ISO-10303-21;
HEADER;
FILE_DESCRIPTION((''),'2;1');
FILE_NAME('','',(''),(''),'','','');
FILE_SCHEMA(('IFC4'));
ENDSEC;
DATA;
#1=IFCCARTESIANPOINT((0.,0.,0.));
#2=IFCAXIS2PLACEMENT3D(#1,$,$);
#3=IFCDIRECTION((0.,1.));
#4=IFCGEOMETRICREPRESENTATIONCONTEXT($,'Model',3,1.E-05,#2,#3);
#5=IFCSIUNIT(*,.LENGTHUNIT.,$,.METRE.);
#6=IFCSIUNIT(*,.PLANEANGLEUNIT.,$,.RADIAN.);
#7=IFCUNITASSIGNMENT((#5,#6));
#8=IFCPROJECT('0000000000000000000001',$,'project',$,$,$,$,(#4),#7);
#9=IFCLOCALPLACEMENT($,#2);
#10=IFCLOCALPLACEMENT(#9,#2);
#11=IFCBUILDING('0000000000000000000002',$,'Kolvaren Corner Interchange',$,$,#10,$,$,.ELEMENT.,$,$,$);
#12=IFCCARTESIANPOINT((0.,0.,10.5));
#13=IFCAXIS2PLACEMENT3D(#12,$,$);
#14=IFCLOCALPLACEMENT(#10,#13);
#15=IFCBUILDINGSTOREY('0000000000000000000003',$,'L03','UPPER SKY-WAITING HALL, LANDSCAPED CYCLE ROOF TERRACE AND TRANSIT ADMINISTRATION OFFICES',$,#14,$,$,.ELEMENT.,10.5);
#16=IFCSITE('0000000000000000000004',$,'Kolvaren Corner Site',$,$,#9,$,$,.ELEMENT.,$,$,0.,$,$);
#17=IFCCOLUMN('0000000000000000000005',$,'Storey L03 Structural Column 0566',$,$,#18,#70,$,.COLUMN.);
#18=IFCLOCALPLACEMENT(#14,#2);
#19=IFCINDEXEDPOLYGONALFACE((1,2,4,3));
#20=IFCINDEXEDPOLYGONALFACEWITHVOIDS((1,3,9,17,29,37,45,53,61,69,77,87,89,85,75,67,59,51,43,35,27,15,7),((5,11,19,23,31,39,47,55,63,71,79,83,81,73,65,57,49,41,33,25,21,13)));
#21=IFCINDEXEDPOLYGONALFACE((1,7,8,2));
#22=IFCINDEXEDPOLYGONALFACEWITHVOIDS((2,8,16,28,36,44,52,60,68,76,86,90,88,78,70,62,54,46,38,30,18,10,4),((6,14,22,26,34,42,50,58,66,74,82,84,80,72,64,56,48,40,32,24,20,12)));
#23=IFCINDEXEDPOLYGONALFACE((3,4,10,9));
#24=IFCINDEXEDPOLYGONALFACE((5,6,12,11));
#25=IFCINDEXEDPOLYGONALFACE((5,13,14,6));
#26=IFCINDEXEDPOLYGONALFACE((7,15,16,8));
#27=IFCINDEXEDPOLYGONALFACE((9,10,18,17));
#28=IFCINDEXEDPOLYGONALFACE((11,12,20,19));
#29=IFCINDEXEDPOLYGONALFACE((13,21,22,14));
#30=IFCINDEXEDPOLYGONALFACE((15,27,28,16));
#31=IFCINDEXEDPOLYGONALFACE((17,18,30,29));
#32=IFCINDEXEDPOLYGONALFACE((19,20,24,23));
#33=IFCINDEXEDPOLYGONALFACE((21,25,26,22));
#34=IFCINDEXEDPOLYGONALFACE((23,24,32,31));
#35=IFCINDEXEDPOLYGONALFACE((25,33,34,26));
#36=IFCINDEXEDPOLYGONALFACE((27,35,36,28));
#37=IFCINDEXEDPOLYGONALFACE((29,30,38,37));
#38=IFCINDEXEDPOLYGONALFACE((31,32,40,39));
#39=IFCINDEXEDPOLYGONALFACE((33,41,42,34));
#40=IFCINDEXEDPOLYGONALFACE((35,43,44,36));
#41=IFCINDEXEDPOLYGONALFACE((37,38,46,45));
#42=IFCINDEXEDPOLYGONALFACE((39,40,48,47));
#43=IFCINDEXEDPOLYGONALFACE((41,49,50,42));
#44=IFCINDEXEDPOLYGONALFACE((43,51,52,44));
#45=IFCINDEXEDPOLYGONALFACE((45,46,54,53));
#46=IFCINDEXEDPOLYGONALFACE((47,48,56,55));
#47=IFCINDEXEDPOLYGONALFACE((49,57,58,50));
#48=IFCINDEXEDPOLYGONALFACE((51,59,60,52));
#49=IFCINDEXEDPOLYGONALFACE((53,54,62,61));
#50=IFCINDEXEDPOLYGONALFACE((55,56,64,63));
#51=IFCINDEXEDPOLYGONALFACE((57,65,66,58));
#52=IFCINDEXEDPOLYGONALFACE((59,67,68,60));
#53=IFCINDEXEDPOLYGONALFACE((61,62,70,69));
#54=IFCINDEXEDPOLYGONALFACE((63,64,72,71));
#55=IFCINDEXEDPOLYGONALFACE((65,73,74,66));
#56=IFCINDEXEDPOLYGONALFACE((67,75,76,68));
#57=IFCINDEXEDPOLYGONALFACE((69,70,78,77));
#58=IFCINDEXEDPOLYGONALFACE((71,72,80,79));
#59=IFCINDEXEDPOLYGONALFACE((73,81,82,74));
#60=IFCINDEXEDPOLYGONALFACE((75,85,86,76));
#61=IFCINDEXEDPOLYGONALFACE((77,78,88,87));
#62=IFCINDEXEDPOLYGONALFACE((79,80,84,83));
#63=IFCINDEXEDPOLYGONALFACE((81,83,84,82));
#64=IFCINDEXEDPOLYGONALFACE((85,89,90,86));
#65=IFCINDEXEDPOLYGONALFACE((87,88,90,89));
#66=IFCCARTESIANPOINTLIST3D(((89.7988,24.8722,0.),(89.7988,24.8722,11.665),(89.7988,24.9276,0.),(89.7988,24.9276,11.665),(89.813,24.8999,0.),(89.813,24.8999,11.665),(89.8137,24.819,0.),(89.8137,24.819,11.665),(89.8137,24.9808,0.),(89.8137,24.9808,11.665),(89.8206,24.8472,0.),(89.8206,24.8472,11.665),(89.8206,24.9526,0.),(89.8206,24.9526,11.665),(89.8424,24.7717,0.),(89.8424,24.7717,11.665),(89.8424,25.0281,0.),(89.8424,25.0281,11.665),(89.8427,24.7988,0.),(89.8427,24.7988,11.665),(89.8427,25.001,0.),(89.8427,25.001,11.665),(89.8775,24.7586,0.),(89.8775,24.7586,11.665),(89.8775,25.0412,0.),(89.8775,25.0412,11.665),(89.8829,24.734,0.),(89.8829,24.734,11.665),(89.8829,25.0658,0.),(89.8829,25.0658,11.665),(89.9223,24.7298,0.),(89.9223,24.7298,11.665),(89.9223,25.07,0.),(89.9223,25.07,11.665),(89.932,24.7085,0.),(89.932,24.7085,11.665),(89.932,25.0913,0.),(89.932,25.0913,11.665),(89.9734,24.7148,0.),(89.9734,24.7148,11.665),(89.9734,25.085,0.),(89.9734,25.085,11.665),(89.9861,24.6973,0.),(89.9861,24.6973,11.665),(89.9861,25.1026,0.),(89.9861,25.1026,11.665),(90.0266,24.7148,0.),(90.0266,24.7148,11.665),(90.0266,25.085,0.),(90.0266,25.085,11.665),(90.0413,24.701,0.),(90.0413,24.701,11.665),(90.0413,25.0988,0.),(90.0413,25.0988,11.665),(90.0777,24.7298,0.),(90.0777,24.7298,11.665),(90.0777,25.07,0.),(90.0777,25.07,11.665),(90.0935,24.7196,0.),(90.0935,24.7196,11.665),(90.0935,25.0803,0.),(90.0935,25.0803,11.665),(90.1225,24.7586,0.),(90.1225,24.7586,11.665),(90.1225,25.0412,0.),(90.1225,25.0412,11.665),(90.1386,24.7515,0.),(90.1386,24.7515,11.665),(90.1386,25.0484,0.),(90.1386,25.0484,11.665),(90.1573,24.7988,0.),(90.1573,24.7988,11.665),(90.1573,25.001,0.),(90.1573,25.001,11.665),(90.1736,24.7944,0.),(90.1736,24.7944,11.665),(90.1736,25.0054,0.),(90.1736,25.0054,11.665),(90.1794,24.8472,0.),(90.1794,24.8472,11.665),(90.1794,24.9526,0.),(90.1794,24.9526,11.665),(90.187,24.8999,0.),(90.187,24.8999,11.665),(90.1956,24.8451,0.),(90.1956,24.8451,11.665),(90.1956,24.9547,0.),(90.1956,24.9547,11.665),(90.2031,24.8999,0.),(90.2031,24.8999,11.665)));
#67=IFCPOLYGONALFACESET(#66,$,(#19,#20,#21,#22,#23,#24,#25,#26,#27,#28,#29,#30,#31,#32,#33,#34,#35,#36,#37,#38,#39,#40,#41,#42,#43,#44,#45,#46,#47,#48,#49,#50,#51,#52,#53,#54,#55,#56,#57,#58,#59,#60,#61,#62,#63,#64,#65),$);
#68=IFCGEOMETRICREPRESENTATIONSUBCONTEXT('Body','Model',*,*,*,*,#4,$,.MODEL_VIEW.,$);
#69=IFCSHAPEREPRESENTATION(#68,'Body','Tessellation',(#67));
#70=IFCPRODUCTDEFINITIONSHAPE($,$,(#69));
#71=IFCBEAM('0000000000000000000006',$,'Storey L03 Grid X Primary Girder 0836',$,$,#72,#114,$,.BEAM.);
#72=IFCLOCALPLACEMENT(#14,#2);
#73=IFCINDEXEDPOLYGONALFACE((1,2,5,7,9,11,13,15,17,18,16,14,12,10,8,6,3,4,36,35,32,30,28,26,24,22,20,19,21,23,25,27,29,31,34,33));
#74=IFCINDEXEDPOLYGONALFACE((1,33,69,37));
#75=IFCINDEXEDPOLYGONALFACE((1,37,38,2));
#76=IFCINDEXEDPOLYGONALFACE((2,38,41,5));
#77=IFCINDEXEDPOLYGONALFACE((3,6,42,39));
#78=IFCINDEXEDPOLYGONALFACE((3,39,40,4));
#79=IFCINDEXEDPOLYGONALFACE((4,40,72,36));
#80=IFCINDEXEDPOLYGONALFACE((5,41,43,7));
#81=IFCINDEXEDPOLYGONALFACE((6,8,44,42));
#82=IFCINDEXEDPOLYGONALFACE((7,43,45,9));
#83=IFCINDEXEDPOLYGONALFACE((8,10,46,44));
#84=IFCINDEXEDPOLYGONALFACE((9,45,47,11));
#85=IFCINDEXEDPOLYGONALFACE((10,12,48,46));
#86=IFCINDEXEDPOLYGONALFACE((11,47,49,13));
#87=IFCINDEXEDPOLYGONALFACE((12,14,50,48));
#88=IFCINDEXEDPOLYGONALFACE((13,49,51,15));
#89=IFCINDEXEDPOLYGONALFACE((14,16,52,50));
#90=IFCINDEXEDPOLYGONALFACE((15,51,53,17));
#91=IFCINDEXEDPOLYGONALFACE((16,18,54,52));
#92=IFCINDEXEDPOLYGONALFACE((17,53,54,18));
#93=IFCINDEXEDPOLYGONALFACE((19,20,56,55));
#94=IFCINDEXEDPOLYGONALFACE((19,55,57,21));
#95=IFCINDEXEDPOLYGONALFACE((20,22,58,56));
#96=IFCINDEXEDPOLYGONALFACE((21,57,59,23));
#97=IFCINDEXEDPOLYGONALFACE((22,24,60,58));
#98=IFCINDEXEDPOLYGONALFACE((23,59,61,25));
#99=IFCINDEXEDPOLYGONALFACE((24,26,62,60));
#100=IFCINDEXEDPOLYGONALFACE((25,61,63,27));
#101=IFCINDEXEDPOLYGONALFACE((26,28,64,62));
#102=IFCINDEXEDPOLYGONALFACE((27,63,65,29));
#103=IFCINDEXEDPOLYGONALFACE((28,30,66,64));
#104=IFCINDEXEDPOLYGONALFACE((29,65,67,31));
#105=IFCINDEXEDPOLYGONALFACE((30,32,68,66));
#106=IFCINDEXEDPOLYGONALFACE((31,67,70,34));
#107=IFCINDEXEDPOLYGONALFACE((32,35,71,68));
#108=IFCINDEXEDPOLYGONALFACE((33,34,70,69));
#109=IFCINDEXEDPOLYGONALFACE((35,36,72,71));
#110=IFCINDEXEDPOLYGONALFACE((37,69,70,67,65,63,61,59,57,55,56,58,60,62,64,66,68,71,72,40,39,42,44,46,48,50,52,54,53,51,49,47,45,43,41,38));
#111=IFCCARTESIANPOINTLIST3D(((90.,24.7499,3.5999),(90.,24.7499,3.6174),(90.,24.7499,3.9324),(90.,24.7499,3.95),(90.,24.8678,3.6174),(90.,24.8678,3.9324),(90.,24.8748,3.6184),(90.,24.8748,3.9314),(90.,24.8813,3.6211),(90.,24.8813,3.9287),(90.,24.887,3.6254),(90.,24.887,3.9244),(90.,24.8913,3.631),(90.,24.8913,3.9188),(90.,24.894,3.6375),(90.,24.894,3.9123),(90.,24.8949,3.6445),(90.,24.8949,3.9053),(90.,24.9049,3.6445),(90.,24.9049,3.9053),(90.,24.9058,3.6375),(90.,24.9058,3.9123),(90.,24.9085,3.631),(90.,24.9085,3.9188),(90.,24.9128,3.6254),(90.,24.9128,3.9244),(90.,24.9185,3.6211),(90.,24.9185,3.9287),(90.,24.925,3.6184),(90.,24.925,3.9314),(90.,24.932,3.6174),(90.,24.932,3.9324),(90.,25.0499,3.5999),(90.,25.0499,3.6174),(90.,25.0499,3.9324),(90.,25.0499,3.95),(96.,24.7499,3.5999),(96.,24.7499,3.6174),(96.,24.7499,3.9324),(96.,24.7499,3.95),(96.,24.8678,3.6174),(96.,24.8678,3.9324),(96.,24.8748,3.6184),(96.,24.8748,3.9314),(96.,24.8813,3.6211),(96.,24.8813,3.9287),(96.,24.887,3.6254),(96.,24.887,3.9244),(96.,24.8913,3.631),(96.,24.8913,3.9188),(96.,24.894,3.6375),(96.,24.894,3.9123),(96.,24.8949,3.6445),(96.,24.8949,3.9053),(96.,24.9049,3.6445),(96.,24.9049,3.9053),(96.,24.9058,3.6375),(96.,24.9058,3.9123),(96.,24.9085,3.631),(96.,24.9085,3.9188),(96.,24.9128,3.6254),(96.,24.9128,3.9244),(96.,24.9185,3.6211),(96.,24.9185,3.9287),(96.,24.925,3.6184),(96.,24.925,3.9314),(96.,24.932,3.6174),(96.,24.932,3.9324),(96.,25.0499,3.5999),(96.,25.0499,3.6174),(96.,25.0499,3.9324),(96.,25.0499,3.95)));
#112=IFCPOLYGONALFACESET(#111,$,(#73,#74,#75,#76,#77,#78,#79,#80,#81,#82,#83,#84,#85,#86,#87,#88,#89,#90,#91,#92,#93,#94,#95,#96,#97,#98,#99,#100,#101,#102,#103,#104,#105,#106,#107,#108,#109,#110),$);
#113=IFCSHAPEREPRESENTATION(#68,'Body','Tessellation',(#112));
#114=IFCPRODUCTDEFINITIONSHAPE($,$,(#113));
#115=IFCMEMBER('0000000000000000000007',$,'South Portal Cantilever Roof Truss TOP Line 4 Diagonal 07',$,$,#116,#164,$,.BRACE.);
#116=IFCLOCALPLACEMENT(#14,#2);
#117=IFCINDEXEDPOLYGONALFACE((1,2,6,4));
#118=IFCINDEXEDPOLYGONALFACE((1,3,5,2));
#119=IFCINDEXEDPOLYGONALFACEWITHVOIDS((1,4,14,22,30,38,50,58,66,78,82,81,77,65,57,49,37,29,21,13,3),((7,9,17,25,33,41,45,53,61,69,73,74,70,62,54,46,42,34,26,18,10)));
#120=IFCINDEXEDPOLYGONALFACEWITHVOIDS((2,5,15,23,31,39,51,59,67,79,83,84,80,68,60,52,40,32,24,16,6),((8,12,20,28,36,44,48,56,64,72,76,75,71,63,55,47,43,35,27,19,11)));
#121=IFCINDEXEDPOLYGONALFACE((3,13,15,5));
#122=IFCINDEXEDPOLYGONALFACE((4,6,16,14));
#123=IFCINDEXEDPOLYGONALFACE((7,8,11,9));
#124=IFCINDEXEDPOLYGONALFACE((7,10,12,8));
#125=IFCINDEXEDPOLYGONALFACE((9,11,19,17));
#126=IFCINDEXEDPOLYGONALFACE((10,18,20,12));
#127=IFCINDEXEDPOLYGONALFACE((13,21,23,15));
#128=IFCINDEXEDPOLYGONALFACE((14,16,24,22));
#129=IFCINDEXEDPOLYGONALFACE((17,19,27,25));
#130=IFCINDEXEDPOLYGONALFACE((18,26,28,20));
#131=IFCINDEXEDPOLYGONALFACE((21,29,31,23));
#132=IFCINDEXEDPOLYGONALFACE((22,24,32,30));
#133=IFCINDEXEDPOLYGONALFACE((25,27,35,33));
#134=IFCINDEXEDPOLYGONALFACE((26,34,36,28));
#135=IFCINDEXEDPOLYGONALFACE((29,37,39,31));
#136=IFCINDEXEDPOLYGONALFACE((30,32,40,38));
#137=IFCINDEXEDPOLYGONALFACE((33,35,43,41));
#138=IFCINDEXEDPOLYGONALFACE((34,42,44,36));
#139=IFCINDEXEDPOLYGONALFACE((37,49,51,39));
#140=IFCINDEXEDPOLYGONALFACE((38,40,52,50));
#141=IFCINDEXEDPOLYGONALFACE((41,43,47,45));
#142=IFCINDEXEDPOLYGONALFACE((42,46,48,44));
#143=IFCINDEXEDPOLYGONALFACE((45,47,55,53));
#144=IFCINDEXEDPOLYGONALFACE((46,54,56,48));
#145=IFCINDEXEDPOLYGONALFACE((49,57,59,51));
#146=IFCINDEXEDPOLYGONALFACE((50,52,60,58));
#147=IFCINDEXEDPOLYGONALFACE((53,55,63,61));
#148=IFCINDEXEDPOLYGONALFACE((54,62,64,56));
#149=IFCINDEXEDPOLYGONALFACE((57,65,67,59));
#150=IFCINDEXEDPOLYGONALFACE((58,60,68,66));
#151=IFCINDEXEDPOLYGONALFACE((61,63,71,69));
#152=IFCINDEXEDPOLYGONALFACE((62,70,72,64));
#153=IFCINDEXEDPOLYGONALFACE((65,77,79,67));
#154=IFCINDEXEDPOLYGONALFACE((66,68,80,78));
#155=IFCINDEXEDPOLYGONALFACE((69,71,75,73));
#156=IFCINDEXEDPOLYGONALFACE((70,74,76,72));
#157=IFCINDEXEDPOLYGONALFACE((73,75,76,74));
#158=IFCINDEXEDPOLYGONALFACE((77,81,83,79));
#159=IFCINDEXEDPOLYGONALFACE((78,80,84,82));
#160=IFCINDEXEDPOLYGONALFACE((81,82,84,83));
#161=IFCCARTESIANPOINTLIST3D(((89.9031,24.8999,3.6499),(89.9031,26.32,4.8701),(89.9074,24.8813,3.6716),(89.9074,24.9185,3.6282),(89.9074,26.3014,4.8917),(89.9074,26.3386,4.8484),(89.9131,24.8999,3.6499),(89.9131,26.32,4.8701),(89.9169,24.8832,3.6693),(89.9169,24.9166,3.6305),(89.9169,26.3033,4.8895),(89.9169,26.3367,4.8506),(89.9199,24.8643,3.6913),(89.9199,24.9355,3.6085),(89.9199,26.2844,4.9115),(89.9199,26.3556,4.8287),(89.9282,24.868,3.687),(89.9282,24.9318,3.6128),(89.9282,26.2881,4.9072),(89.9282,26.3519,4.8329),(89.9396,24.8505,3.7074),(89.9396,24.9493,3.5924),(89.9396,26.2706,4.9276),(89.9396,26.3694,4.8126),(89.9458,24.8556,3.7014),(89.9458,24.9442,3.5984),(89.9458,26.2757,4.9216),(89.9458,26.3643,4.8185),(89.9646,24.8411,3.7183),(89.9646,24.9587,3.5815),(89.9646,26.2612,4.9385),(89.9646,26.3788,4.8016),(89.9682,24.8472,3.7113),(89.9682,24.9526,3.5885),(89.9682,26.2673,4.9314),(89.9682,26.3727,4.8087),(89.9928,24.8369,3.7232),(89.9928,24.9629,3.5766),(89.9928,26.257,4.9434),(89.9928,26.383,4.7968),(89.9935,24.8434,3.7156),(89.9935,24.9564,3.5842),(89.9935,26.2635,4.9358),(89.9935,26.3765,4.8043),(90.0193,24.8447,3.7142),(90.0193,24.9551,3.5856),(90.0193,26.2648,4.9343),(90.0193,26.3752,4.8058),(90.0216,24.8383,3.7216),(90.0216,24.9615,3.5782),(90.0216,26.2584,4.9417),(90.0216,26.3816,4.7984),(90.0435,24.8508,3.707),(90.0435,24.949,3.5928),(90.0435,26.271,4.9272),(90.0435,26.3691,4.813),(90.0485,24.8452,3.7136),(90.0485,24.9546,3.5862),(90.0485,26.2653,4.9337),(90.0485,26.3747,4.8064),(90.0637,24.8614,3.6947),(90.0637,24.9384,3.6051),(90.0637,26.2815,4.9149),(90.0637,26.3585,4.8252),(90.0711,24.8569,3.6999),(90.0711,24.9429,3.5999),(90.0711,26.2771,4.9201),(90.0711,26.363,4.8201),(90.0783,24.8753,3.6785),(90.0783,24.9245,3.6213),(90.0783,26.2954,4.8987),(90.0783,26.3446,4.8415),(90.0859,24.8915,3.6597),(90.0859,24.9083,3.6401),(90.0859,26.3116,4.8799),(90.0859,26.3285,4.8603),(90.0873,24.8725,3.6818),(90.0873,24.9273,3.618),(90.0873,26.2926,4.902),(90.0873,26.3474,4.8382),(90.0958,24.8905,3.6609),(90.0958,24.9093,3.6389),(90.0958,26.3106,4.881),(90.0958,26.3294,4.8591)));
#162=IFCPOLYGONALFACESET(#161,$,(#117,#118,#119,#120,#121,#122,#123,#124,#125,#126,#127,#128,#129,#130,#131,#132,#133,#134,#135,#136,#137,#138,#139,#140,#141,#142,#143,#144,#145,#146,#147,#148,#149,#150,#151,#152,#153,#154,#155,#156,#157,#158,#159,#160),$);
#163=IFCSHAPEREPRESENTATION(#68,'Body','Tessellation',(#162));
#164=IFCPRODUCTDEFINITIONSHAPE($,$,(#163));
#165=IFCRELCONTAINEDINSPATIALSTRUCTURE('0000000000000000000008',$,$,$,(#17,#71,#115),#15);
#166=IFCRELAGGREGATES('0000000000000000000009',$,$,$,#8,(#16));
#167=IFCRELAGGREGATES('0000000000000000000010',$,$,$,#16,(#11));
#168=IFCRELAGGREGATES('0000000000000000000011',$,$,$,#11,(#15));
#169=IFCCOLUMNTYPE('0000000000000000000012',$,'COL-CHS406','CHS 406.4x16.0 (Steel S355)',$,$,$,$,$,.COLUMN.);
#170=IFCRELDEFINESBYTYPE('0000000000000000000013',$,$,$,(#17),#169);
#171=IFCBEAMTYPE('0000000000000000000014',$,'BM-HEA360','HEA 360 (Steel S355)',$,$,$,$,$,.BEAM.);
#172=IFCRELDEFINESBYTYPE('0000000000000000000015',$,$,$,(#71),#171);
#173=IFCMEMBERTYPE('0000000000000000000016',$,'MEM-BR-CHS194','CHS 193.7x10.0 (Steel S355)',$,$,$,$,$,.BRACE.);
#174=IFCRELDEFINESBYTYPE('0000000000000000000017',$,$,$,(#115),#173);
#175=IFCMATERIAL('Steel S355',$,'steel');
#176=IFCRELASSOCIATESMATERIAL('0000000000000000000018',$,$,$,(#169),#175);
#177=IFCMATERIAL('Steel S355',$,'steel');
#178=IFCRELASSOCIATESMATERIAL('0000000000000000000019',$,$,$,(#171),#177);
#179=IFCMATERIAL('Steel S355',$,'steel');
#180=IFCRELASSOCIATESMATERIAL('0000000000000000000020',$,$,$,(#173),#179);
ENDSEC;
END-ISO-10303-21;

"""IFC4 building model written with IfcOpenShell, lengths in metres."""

from ifc_helpers import new_model, si_unit, direction, frame, origin, origin_2d, place, context, subcontext, project, spatial, hollow_circle, i_section, extrude, material, material_profile, profile_set, type_object, element, save


model = new_model("IFC4")

# Units and contexts
model_context = context("Model", 3, precision=1e-05, world=origin(), true_north=direction((0.0, 1.0)))
body_context = subcontext(model_context, "Body", "Model", "MODEL_VIEW")
ifc_project = project(units=[si_unit("LENGTHUNIT", "METRE"), si_unit("PLANEANGLEUNIT", "RADIAN")], contexts=[model_context])

# Site, building, storey
site_placement = place(None, origin())
site = spatial("IfcSite", under=ifc_project, at=site_placement, Name="Kolvaren Corner Site", CompositionType="ELEMENT", RefElevation=0.0)
building_placement = place(site_placement, origin())
building = spatial("IfcBuilding", under=site, at=building_placement, Name="Kolvaren Corner Interchange", CompositionType="ELEMENT")
storey_placement = place(building_placement, frame((0.0, 0.0, 10.5)))
storey = spatial("IfcBuildingStorey", under=building, at=storey_placement, Name="L03", Description="UPPER SKY-WAITING HALL, LANDSCAPED CYCLE ROOF TERRACE AND TRANSIT ADMINISTRATION OFFICES", CompositionType="ELEMENT", Elevation=10.5)

# Column
ifc_material_1 = material(Name="Steel S355", Category="steel")
ifc_material_profile_1 = material_profile(ifc_material_1, hollow_circle(Radius=0.2031, WallThickness=0.0161, at=origin_2d()), Name="CHS 406.4x16.0")
ifc_profile_set_1 = profile_set([ifc_material_profile_1], Name="Steel S355")
column_type = type_object("IfcColumnType", Name="COL-CHS406", Description="CHS 406.4x16.0 (Steel S355)", PredefinedType="COLUMN", material=ifc_profile_set_1)
column_placement = place(storey_placement, frame((90.0, 24.8999, 0.0), z_axis=(0.0, 0.0, 1.0), x_axis=(1.0, 0.0, 0.0)))
element("IfcColumn", 1, at=column_placement, inside=storey, type_object=column_type, Name="Storey L03 Structural Column 0566", PredefinedType="COLUMN", context=body_context, shape_type="SweptSolid", body=[
    extrude(hollow_circle(Radius=0.2031, WallThickness=0.0161, at=origin_2d()), origin(), (0.0, 0.0, 1.0), 11.665),
])

# Beam
ifc_material_2 = material(Name="Steel S355", Category="steel")
ifc_material_profile_2 = material_profile(ifc_material_2, i_section(OverallWidth=0.3, OverallDepth=0.3501, WebThickness=0.01, FlangeThickness=0.0176, FilletRadius=0.0271, at=origin_2d()), Name="HEA 360")
ifc_profile_set_2 = profile_set([ifc_material_profile_2], Name="Steel S355")
beam_type = type_object("IfcBeamType", Name="BM-HEA360", Description="HEA 360 (Steel S355)", PredefinedType="BEAM", material=ifc_profile_set_2)
beam_placement = place(storey_placement, frame((90.0, 24.8999, 3.7749), z_axis=(1.0, 0.0, 0.0), x_axis=(0.0, 1.0, 0.0)))
element("IfcBeam", 2, at=beam_placement, inside=storey, type_object=beam_type, Name="Storey L03 Grid X Primary Girder 0836", PredefinedType="BEAM", context=body_context, shape_type="SweptSolid", body=[
    extrude(i_section(OverallWidth=0.3, OverallDepth=0.3501, WebThickness=0.01, FlangeThickness=0.0176, FilletRadius=0.0271, at=origin_2d()), origin(), (0.0, 0.0, 1.0), 6.0),
])

# Member
ifc_material_3 = material(Name="Steel S355", Category="steel")
ifc_material_profile_3 = material_profile(ifc_material_3, hollow_circle(Radius=0.0969, WallThickness=0.01, at=origin_2d()), Name="CHS 193.7x10.0")
ifc_profile_set_3 = profile_set([ifc_material_profile_3], Name="Steel S355")
member_type_1 = type_object("IfcMemberType", Name="MEM-BR-CHS194", Description="CHS 193.7x10.0 (Steel S355)", PredefinedType="BRACE", material=ifc_profile_set_3)
member_1_placement = place(storey_placement, frame((90.0, 24.8999, 3.6499), z_axis=(0.0, 0.758483, 0.651693), x_axis=(-1.0, 0.0, 0.0)))
element("IfcMember", 3, at=member_1_placement, inside=storey, type_object=member_type_1, Name="South Portal Cantilever Roof Truss TOP Line 4 Diagonal 07", PredefinedType="BRACE", context=body_context, shape_type="SweptSolid", body=[
    extrude(hollow_circle(Radius=0.0969, WallThickness=0.01, at=origin_2d()), origin(), (0.0, 0.0, 1.0), 1.8723),
])

save(model, "model.ifc")
